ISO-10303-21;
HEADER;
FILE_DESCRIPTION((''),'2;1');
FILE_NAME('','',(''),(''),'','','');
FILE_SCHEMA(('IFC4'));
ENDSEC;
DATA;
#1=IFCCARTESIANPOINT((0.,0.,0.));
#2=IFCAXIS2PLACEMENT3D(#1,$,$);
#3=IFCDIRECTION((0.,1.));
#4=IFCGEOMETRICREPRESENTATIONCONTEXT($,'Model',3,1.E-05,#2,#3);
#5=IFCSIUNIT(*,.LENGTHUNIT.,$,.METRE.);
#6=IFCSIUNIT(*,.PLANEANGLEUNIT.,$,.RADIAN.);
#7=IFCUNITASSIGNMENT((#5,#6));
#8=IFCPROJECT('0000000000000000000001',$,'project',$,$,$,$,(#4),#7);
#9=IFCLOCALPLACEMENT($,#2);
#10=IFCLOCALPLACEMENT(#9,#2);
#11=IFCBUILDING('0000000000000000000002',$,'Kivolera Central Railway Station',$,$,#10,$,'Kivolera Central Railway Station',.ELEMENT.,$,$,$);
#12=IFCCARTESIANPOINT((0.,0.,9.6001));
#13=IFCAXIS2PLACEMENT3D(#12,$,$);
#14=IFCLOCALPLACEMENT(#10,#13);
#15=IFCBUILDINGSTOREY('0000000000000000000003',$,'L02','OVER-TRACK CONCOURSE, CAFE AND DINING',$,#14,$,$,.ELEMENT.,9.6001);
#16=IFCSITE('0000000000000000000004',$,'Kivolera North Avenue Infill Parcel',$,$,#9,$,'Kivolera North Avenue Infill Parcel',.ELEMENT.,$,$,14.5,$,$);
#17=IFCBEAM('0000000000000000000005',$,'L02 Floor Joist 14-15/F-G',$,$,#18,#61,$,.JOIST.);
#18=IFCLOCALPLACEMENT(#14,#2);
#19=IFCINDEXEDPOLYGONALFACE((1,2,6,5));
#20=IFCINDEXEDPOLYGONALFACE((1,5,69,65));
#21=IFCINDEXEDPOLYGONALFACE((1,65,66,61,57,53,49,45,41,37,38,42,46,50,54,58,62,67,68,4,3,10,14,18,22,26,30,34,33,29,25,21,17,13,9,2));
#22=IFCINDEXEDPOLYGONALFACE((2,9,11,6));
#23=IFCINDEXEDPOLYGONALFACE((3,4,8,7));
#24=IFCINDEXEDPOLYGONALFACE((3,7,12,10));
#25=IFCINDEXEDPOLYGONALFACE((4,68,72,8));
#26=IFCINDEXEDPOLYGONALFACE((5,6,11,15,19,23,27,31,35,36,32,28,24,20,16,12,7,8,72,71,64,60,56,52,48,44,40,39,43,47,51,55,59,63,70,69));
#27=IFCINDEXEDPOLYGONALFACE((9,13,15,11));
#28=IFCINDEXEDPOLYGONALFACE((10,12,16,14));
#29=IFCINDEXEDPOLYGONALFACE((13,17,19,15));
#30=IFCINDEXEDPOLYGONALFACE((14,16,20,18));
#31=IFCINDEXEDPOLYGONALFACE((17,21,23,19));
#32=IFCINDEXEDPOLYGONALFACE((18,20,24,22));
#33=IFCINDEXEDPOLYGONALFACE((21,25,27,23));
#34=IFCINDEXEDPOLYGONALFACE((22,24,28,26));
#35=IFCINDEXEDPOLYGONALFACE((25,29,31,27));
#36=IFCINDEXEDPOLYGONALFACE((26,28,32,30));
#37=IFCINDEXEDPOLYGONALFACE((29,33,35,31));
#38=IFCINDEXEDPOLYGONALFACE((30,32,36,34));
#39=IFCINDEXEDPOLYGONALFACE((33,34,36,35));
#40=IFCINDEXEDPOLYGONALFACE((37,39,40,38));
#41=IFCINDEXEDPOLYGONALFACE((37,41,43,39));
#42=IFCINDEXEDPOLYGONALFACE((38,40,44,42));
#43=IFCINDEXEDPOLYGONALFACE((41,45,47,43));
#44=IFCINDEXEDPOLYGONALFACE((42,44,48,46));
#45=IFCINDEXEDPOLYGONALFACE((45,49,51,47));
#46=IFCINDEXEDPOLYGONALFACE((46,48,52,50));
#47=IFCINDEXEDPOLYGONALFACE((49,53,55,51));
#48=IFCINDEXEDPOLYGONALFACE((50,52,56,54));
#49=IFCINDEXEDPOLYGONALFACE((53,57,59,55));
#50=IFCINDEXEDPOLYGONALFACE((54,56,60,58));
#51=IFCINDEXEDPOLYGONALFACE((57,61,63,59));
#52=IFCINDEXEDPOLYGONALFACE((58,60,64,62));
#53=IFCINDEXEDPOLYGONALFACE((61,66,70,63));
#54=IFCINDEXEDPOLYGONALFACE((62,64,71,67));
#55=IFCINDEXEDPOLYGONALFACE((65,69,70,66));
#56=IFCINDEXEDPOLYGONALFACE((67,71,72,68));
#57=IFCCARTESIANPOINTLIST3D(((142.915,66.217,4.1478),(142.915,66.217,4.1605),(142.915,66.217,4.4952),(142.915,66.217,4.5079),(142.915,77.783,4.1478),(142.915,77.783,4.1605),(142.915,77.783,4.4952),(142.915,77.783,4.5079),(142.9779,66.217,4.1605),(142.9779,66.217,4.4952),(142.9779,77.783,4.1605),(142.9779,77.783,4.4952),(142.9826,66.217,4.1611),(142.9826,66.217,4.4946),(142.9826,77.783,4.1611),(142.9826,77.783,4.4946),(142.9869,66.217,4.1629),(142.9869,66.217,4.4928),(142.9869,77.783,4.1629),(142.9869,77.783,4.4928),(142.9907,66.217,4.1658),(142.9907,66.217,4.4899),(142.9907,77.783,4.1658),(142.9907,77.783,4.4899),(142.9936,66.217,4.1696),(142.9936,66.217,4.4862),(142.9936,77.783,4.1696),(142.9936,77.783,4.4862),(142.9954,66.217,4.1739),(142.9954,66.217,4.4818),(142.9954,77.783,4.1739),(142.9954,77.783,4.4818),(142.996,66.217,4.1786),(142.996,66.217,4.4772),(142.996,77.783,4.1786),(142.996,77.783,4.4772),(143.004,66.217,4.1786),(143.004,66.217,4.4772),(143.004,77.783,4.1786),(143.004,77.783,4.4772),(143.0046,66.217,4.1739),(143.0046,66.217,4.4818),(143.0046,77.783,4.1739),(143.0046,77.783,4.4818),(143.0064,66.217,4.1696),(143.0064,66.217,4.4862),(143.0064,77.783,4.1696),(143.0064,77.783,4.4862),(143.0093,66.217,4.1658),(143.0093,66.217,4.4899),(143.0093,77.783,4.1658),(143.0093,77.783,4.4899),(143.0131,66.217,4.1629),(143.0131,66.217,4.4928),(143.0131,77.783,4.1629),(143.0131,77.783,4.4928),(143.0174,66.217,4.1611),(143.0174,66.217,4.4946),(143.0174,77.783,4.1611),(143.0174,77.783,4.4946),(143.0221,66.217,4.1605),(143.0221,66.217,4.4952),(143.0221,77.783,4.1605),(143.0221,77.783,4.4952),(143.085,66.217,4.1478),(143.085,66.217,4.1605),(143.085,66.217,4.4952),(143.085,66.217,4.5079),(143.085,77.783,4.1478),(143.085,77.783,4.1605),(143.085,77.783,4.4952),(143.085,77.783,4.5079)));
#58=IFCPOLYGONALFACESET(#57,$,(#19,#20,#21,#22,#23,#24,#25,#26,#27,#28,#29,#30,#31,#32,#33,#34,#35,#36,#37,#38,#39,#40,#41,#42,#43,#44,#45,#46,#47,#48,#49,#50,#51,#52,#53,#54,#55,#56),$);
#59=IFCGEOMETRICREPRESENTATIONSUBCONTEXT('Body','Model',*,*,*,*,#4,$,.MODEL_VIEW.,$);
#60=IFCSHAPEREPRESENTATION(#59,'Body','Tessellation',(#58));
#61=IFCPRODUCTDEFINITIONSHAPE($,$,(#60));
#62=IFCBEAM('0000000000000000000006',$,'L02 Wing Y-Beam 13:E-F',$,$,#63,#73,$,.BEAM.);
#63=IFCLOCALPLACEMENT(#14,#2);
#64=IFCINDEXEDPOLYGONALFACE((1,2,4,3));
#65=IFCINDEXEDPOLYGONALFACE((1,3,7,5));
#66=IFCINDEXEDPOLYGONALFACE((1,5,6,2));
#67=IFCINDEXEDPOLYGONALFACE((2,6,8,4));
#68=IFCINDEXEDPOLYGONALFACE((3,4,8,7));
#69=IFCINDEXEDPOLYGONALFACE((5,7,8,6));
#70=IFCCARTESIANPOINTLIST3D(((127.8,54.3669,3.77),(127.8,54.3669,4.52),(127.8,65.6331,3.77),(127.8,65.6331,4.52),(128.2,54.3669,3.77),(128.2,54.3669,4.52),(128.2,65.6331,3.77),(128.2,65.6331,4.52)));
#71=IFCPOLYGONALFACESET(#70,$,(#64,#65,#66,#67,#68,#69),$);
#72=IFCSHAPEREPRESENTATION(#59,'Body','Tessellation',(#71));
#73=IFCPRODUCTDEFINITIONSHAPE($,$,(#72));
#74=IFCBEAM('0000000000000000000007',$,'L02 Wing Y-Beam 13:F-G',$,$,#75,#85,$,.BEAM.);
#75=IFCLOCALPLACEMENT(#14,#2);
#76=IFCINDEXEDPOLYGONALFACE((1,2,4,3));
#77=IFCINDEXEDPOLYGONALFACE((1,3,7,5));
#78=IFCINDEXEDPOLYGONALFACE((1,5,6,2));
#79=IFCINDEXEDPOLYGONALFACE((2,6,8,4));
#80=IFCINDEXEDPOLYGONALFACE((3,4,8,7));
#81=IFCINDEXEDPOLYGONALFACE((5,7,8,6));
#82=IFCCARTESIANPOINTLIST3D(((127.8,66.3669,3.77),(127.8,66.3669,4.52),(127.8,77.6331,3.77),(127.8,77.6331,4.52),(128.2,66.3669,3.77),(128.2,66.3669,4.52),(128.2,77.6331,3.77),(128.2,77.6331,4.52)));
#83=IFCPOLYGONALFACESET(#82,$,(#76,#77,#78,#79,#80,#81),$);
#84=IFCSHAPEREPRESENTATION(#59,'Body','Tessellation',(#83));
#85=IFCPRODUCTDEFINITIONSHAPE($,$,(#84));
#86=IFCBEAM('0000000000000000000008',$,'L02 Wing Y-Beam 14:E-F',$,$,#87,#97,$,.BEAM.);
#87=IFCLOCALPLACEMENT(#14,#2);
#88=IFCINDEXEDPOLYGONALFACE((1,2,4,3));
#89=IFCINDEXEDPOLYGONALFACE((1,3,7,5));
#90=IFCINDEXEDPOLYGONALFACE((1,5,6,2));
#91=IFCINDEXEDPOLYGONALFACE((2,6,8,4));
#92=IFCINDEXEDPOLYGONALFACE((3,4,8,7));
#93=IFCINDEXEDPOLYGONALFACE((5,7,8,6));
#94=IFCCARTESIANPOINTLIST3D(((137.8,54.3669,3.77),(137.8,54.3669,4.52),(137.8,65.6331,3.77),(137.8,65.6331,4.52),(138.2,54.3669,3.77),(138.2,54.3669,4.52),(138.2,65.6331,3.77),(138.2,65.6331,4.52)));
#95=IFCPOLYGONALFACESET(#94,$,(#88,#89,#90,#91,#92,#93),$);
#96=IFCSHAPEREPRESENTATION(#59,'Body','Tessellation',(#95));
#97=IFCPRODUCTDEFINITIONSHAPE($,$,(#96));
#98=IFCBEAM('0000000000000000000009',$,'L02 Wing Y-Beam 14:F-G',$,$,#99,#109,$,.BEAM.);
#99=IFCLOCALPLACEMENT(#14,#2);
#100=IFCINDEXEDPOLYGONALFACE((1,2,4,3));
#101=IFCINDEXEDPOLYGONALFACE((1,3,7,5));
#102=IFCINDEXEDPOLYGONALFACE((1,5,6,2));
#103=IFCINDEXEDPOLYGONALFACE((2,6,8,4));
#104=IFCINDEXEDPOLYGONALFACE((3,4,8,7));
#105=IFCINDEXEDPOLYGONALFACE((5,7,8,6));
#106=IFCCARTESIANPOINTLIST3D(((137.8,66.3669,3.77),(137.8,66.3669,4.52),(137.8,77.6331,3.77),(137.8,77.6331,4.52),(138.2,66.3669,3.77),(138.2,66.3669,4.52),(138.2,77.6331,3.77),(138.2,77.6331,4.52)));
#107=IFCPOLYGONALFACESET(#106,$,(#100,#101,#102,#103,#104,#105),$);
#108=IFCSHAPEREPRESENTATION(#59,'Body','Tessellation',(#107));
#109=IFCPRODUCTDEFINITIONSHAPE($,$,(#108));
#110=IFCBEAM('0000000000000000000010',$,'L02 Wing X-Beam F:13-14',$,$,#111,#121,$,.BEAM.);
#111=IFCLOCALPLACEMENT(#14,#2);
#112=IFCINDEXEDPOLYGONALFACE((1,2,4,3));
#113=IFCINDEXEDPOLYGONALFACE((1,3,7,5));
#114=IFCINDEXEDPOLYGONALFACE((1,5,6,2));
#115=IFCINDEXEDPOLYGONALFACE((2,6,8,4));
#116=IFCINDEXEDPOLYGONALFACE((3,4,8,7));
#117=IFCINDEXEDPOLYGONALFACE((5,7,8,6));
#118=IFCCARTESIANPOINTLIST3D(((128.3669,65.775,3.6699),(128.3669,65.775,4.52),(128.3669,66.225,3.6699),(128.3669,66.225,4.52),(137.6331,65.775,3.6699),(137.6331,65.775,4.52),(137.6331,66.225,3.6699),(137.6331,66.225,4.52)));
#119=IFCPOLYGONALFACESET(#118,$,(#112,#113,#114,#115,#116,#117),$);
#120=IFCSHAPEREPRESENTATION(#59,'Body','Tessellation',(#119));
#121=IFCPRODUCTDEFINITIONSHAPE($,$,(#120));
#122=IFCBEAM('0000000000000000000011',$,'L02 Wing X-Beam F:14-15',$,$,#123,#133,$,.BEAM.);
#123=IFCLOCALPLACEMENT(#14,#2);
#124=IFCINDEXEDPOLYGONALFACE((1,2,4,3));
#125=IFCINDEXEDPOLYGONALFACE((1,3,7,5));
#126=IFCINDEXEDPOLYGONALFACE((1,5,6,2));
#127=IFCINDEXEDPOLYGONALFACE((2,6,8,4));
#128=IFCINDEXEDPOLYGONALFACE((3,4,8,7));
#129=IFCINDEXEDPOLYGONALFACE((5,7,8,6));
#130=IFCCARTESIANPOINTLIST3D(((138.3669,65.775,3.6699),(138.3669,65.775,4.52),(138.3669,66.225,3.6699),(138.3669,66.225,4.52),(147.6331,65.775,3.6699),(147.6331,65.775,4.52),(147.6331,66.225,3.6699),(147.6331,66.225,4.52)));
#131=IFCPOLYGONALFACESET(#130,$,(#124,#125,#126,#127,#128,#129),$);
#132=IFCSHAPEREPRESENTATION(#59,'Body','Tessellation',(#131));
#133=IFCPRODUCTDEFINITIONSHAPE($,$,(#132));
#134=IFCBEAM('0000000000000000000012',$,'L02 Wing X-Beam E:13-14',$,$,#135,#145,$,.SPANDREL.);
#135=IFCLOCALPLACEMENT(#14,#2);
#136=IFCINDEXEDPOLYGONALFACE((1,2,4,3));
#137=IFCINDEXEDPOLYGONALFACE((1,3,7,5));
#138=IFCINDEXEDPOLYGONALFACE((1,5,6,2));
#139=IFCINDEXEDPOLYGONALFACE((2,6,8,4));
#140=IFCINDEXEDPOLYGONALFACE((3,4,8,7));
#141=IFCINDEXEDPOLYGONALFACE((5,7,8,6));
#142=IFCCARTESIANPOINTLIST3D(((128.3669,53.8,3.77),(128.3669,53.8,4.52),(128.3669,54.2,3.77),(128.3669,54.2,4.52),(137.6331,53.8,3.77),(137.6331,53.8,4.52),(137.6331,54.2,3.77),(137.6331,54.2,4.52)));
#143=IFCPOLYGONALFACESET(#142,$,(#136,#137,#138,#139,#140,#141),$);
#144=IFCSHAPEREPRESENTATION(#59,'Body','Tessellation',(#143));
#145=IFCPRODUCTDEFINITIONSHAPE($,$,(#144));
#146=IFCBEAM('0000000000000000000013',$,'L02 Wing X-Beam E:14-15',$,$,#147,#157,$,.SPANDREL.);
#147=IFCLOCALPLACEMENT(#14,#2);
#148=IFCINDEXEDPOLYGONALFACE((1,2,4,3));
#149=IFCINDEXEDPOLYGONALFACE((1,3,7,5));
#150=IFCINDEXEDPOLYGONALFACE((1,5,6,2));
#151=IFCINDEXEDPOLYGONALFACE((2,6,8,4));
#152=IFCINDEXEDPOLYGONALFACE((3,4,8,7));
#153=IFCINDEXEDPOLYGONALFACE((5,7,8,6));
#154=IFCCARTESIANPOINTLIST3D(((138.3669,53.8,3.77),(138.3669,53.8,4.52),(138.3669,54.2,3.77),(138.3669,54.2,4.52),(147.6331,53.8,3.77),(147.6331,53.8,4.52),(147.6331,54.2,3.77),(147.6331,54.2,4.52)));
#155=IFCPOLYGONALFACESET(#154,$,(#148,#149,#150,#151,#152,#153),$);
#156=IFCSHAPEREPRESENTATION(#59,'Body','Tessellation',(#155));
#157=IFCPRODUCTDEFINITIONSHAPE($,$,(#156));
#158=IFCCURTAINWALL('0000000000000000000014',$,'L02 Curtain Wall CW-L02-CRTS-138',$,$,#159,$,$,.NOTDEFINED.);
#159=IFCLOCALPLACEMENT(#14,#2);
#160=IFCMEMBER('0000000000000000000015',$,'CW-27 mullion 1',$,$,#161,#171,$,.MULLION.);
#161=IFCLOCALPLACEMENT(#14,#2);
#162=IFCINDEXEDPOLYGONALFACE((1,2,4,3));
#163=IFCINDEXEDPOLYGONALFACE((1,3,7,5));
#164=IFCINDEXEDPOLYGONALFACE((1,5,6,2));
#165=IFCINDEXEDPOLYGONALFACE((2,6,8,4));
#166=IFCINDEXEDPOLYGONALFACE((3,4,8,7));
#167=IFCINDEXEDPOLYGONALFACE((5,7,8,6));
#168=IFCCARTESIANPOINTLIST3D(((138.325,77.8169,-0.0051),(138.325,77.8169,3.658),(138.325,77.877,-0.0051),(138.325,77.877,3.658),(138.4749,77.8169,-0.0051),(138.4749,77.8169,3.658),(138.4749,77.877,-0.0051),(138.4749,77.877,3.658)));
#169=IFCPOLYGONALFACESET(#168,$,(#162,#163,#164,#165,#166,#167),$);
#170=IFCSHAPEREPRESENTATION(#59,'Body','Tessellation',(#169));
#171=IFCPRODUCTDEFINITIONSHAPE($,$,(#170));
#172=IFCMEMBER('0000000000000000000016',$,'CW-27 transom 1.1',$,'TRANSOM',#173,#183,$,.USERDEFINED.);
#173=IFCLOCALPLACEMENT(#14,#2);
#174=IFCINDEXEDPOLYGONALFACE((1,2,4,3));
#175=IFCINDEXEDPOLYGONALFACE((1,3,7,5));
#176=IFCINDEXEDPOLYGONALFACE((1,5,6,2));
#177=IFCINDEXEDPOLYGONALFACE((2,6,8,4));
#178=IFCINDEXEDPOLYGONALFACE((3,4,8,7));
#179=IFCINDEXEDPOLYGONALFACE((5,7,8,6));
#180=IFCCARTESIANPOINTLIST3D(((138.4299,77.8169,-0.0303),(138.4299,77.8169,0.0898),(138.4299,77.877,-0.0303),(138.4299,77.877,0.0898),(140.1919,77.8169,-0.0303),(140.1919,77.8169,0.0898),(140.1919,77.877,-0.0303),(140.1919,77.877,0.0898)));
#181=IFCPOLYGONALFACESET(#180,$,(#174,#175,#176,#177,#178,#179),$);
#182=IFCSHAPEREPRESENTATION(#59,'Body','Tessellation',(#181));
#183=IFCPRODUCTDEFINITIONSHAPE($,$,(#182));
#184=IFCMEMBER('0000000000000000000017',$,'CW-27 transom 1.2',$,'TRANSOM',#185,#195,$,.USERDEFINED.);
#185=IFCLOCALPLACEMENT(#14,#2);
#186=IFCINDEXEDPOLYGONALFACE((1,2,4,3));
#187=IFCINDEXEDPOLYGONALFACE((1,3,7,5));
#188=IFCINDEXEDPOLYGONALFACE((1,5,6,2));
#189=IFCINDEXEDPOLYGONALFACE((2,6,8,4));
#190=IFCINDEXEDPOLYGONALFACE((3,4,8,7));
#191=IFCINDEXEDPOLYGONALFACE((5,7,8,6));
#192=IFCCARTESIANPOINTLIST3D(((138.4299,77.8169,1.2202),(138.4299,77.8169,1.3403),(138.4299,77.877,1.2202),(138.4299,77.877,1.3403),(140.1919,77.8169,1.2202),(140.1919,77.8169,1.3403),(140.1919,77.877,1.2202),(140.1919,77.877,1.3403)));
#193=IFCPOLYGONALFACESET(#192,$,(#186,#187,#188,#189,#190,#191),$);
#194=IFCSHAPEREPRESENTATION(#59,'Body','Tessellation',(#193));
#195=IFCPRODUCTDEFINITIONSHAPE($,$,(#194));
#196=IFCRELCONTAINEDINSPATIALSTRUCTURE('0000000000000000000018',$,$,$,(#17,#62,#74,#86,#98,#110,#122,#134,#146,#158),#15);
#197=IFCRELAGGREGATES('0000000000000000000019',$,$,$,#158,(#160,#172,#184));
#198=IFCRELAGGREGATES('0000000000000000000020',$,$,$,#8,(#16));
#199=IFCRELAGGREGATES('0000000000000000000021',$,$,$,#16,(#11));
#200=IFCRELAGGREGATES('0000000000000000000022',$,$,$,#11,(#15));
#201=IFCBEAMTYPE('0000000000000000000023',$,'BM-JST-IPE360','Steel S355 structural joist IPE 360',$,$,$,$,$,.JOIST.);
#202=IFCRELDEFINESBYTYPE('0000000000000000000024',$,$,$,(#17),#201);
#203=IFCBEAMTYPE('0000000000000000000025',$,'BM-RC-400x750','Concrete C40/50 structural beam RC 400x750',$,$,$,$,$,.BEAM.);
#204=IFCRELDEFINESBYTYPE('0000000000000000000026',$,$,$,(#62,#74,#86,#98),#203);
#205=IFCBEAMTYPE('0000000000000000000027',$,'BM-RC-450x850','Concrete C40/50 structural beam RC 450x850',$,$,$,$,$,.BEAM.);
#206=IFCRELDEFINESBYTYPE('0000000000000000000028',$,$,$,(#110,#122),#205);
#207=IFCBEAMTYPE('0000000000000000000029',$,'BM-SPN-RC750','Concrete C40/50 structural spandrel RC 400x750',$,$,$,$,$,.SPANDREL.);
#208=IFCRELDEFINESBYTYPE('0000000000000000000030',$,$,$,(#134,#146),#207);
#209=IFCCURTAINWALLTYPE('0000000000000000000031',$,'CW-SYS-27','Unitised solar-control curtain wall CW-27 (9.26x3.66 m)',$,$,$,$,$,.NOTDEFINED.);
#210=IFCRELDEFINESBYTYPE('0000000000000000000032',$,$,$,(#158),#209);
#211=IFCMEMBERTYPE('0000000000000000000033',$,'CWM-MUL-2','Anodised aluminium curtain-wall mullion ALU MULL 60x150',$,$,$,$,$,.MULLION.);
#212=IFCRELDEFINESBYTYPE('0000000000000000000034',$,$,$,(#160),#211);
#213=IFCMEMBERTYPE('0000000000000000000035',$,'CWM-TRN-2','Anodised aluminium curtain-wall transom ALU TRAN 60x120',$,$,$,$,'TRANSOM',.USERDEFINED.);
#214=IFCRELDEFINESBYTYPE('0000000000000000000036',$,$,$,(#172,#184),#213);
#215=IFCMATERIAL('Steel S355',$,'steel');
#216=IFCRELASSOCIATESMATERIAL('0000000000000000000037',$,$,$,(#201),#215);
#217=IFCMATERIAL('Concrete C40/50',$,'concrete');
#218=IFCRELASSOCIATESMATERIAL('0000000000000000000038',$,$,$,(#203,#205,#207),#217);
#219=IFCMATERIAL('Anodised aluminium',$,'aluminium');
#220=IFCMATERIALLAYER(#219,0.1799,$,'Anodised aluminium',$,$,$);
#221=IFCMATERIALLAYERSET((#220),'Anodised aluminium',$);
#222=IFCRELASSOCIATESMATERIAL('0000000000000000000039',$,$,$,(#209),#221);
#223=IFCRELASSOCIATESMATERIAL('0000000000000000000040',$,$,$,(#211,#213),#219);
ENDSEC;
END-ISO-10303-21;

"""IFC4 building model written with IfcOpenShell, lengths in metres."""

from ifc_helpers import new_model, si_unit, direction, frame, origin, origin_2d, place, context, subcontext, project, spatial, rectangle, i_section, extrude, material, layer, layer_set, material_profile, profile_set, type_object, element, aggregate, save


model = new_model("IFC4")

# Units and contexts
model_context = context("Model", 3, precision=1e-05, world=origin(), true_north=direction((0.0, 1.0)))
body_context = subcontext(model_context, "Body", "Model", "MODEL_VIEW")
ifc_project = project(units=[si_unit("LENGTHUNIT", "METRE"), si_unit("PLANEANGLEUNIT", "RADIAN")], contexts=[model_context])

# Site, building, storey
site_placement = place(None, origin())
site = spatial("IfcSite", under=ifc_project, at=site_placement, Name="Kivolera North Avenue Infill Parcel", LongName="Kivolera North Avenue Infill Parcel", CompositionType="ELEMENT", RefElevation=14.5)
building_placement = place(site_placement, origin())
building = spatial("IfcBuilding", under=site, at=building_placement, Name="Kivolera Central Railway Station", LongName="Kivolera Central Railway Station", CompositionType="ELEMENT")
storey_placement = place(building_placement, frame((0.0, 0.0, 9.6001)))
storey = spatial("IfcBuildingStorey", under=building, at=storey_placement, Name="L02", Description="OVER-TRACK CONCOURSE, CAFE AND DINING", CompositionType="ELEMENT", Elevation=9.6001)

# Shared definitions
ifc_material_1 = material(Name="Concrete C40/50", Category="concrete")

# Beams
ifc_material_2 = material(Name="Steel S355", Category="steel")
ifc_material_profile_1 = material_profile(ifc_material_2, i_section(OverallWidth=0.1699, OverallDepth=0.3601, WebThickness=0.0081, FlangeThickness=0.0127, FilletRadius=0.0181, at=origin_2d()), Name="IPE 360")
ifc_profile_set_1 = profile_set([ifc_material_profile_1], Name="Steel S355")
beam_type_1 = type_object("IfcBeamType", Name="BM-JST-IPE360", Description="Steel S355 structural joist IPE 360", PredefinedType="JOIST", material=ifc_profile_set_1)
beam_1_placement = place(storey_placement, frame((143.0, 66.217, 4.3279), z_axis=(0.0, 1.0, 0.0), x_axis=(-1.0, 0.0, 0.0)))
element("IfcBeam", 1, at=beam_1_placement, inside=storey, type_object=beam_type_1, Name="L02 Floor Joist 14-15/F-G", PredefinedType="JOIST", context=body_context, shape_type="SweptSolid", body=[
    extrude(i_section(OverallWidth=0.1699, OverallDepth=0.3601, WebThickness=0.0081, FlangeThickness=0.0127, FilletRadius=0.0181, at=origin_2d()), origin(), (0.0, 0.0, 1.0), 11.5659),
])
ifc_material_profile_2 = material_profile(ifc_material_1, rectangle(XDim=0.3999, YDim=0.75, at=origin_2d()), Name="RC 400x750")
ifc_profile_set_2 = profile_set([ifc_material_profile_2], Name="Concrete C40/50")
beam_type_2 = type_object("IfcBeamType", Name="BM-RC-400x750", Description="Concrete C40/50 structural beam RC 400x750", PredefinedType="BEAM", material=ifc_profile_set_2)
for number, where, z_axis, x_axis, name in (
    (2, (128.0, 54.3669, 4.145), (0.0, 1.0, 0.0), (-1.0, 0.0, 0.0), "L02 Wing Y-Beam 13:E-F"),
    (3, (128.0, 66.3669, 4.145), (0.0, 1.0, 0.0), (-1.0, 0.0, 0.0), "L02 Wing Y-Beam 13:F-G"),
    (4, (138.0, 54.3669, 4.145), (0.0, 1.0, 0.0), (-1.0, 0.0, 0.0), "L02 Wing Y-Beam 14:E-F"),
    (5, (138.0, 66.3669, 4.145), (0.0, 1.0, 0.0), (-1.0, 0.0, 0.0), "L02 Wing Y-Beam 14:F-G"),
):
    element("IfcBeam", number, at=place(storey_placement, frame(where, z_axis=z_axis, x_axis=x_axis)), inside=storey, type_object=beam_type_2, Name=name, PredefinedType="BEAM", context=body_context, shape_type="SweptSolid", body=[
        extrude(rectangle(XDim=0.3999, YDim=0.75, at=origin_2d()), origin(), (0.0, 0.0, 1.0), 11.2661),
    ])
ifc_material_profile_3 = material_profile(ifc_material_1, rectangle(XDim=0.45, YDim=0.8501, at=origin_2d()), Name="RC 450x850")
ifc_profile_set_3 = profile_set([ifc_material_profile_3], Name="Concrete C40/50")
beam_type_3 = type_object("IfcBeamType", Name="BM-RC-450x850", Description="Concrete C40/50 structural beam RC 450x850", PredefinedType="BEAM", material=ifc_profile_set_3)
for number, where, z_axis, x_axis, name in (
    (6, (128.3669, 66.0, 4.095), (1.0, 0.0, 0.0), (0.0, 1.0, 0.0), "L02 Wing X-Beam F:13-14"),
    (7, (138.3669, 66.0, 4.095), (1.0, 0.0, 0.0), (0.0, 1.0, 0.0), "L02 Wing X-Beam F:14-15"),
):
    element("IfcBeam", number, at=place(storey_placement, frame(where, z_axis=z_axis, x_axis=x_axis)), inside=storey, type_object=beam_type_3, Name=name, PredefinedType="BEAM", context=body_context, shape_type="SweptSolid", body=[
        extrude(rectangle(XDim=0.45, YDim=0.8501, at=origin_2d()), origin(), (0.0, 0.0, 1.0), 9.2661),
    ])
ifc_material_profile_4 = material_profile(ifc_material_1, rectangle(XDim=0.3999, YDim=0.75, at=origin_2d()), Name="RC 400x750")
ifc_profile_set_4 = profile_set([ifc_material_profile_4], Name="Concrete C40/50")
beam_type_4 = type_object("IfcBeamType", Name="BM-SPN-RC750", Description="Concrete C40/50 structural spandrel RC 400x750", PredefinedType="SPANDREL", material=ifc_profile_set_4)
for number, where, z_axis, x_axis, name in (
    (8, (128.3669, 54.0, 4.145), (1.0, 0.0, 0.0), (0.0, 1.0, 0.0), "L02 Wing X-Beam E:13-14"),
    (9, (138.3669, 54.0, 4.145), (1.0, 0.0, 0.0), (0.0, 1.0, 0.0), "L02 Wing X-Beam E:14-15"),
):
    element("IfcBeam", number, at=place(storey_placement, frame(where, z_axis=z_axis, x_axis=x_axis)), inside=storey, type_object=beam_type_4, Name=name, PredefinedType="SPANDREL", context=body_context, shape_type="SweptSolid", body=[
        extrude(rectangle(XDim=0.3999, YDim=0.75, at=origin_2d()), origin(), (0.0, 0.0, 1.0), 9.2661),
    ])

# Curtain wall, members
ifc_material_3 = material(Name="Anodised aluminium", Category="aluminium")
ifc_layer_1 = layer(ifc_material_3, 0.1799, Name="Anodised aluminium")
ifc_layer_set_1 = layer_set([ifc_layer_1], Name="Anodised aluminium")
curtain_wall_type = type_object("IfcCurtainWallType", Name="CW-SYS-27", Description="Unitised solar-control curtain wall CW-27 (9.26x3.66 m)", PredefinedType="NOTDEFINED", material=ifc_layer_set_1)
curtain_wall_placement = place(storey_placement, origin())
curtain_wall = element("IfcCurtainWall", 10, at=curtain_wall_placement, inside=storey, type_object=curtain_wall_type, Name="L02 Curtain Wall CW-L02-CRTS-138", PredefinedType="NOTDEFINED")
ifc_material_profile_5 = material_profile(ifc_material_3, rectangle(XDim=0.0601, YDim=0.1499, at=origin_2d()), Name="ALU MULL 60x150")
ifc_profile_set_5 = profile_set([ifc_material_profile_5], Name="Anodised aluminium")
member_type_1 = type_object("IfcMemberType", Name="CWM-MUL-2", Description="Anodised aluminium curtain-wall mullion ALU MULL 60x150", PredefinedType="MULLION", material=ifc_profile_set_5)
member_1_placement = place(storey_placement, frame((138.3999, 77.8469, -0.0051), z_axis=(0.0, 0.0, 1.0), x_axis=(0.0, 1.0, 0.0)))
member_1 = element("IfcMember", 11, at=member_1_placement, type_object=member_type_1, Name="CW-27 mullion 1", PredefinedType="MULLION", context=body_context, shape_type="SweptSolid", body=[
    extrude(rectangle(XDim=0.0601, YDim=0.1499, at=origin_2d()), origin(), (0.0, 0.0, 1.0), 3.6631),
])
ifc_material_profile_6 = material_profile(ifc_material_3, rectangle(XDim=0.0601, YDim=0.1201, at=origin_2d()), Name="ALU TRAN 60x120")
ifc_profile_set_6 = profile_set([ifc_material_profile_6], Name="Anodised aluminium")
member_type_2 = type_object("IfcMemberType", Name="CWM-TRN-2", Description="Anodised aluminium curtain-wall transom ALU TRAN 60x120", ElementType="TRANSOM", PredefinedType="USERDEFINED", material=ifc_profile_set_6)
member_2_placement = place(storey_placement, frame((138.4299, 77.8469, 0.0298), z_axis=(1.0, 0.0, 0.0), x_axis=(0.0, 1.0, 0.0)))
member_2 = element("IfcMember", 12, at=member_2_placement, type_object=member_type_2, Name="CW-27 transom 1.1", ObjectType="TRANSOM", PredefinedType="USERDEFINED", context=body_context, shape_type="SweptSolid", body=[
    extrude(rectangle(XDim=0.0601, YDim=0.1201, at=origin_2d()), origin(), (0.0, 0.0, 1.0), 1.762),
])
member_3_placement = place(storey_placement, frame((138.4299, 77.8469, 1.2803), z_axis=(1.0, 0.0, 0.0), x_axis=(0.0, 1.0, 0.0)))
member_3 = element("IfcMember", 13, at=member_3_placement, type_object=member_type_2, Name="CW-27 transom 1.2", ObjectType="TRANSOM", PredefinedType="USERDEFINED", context=body_context, shape_type="SweptSolid", body=[
    extrude(rectangle(XDim=0.0601, YDim=0.1201, at=origin_2d()), origin(), (0.0, 0.0, 1.0), 1.762),
])
aggregate(curtain_wall, [member_1, member_2, member_3])

save(model, "model.ifc")
